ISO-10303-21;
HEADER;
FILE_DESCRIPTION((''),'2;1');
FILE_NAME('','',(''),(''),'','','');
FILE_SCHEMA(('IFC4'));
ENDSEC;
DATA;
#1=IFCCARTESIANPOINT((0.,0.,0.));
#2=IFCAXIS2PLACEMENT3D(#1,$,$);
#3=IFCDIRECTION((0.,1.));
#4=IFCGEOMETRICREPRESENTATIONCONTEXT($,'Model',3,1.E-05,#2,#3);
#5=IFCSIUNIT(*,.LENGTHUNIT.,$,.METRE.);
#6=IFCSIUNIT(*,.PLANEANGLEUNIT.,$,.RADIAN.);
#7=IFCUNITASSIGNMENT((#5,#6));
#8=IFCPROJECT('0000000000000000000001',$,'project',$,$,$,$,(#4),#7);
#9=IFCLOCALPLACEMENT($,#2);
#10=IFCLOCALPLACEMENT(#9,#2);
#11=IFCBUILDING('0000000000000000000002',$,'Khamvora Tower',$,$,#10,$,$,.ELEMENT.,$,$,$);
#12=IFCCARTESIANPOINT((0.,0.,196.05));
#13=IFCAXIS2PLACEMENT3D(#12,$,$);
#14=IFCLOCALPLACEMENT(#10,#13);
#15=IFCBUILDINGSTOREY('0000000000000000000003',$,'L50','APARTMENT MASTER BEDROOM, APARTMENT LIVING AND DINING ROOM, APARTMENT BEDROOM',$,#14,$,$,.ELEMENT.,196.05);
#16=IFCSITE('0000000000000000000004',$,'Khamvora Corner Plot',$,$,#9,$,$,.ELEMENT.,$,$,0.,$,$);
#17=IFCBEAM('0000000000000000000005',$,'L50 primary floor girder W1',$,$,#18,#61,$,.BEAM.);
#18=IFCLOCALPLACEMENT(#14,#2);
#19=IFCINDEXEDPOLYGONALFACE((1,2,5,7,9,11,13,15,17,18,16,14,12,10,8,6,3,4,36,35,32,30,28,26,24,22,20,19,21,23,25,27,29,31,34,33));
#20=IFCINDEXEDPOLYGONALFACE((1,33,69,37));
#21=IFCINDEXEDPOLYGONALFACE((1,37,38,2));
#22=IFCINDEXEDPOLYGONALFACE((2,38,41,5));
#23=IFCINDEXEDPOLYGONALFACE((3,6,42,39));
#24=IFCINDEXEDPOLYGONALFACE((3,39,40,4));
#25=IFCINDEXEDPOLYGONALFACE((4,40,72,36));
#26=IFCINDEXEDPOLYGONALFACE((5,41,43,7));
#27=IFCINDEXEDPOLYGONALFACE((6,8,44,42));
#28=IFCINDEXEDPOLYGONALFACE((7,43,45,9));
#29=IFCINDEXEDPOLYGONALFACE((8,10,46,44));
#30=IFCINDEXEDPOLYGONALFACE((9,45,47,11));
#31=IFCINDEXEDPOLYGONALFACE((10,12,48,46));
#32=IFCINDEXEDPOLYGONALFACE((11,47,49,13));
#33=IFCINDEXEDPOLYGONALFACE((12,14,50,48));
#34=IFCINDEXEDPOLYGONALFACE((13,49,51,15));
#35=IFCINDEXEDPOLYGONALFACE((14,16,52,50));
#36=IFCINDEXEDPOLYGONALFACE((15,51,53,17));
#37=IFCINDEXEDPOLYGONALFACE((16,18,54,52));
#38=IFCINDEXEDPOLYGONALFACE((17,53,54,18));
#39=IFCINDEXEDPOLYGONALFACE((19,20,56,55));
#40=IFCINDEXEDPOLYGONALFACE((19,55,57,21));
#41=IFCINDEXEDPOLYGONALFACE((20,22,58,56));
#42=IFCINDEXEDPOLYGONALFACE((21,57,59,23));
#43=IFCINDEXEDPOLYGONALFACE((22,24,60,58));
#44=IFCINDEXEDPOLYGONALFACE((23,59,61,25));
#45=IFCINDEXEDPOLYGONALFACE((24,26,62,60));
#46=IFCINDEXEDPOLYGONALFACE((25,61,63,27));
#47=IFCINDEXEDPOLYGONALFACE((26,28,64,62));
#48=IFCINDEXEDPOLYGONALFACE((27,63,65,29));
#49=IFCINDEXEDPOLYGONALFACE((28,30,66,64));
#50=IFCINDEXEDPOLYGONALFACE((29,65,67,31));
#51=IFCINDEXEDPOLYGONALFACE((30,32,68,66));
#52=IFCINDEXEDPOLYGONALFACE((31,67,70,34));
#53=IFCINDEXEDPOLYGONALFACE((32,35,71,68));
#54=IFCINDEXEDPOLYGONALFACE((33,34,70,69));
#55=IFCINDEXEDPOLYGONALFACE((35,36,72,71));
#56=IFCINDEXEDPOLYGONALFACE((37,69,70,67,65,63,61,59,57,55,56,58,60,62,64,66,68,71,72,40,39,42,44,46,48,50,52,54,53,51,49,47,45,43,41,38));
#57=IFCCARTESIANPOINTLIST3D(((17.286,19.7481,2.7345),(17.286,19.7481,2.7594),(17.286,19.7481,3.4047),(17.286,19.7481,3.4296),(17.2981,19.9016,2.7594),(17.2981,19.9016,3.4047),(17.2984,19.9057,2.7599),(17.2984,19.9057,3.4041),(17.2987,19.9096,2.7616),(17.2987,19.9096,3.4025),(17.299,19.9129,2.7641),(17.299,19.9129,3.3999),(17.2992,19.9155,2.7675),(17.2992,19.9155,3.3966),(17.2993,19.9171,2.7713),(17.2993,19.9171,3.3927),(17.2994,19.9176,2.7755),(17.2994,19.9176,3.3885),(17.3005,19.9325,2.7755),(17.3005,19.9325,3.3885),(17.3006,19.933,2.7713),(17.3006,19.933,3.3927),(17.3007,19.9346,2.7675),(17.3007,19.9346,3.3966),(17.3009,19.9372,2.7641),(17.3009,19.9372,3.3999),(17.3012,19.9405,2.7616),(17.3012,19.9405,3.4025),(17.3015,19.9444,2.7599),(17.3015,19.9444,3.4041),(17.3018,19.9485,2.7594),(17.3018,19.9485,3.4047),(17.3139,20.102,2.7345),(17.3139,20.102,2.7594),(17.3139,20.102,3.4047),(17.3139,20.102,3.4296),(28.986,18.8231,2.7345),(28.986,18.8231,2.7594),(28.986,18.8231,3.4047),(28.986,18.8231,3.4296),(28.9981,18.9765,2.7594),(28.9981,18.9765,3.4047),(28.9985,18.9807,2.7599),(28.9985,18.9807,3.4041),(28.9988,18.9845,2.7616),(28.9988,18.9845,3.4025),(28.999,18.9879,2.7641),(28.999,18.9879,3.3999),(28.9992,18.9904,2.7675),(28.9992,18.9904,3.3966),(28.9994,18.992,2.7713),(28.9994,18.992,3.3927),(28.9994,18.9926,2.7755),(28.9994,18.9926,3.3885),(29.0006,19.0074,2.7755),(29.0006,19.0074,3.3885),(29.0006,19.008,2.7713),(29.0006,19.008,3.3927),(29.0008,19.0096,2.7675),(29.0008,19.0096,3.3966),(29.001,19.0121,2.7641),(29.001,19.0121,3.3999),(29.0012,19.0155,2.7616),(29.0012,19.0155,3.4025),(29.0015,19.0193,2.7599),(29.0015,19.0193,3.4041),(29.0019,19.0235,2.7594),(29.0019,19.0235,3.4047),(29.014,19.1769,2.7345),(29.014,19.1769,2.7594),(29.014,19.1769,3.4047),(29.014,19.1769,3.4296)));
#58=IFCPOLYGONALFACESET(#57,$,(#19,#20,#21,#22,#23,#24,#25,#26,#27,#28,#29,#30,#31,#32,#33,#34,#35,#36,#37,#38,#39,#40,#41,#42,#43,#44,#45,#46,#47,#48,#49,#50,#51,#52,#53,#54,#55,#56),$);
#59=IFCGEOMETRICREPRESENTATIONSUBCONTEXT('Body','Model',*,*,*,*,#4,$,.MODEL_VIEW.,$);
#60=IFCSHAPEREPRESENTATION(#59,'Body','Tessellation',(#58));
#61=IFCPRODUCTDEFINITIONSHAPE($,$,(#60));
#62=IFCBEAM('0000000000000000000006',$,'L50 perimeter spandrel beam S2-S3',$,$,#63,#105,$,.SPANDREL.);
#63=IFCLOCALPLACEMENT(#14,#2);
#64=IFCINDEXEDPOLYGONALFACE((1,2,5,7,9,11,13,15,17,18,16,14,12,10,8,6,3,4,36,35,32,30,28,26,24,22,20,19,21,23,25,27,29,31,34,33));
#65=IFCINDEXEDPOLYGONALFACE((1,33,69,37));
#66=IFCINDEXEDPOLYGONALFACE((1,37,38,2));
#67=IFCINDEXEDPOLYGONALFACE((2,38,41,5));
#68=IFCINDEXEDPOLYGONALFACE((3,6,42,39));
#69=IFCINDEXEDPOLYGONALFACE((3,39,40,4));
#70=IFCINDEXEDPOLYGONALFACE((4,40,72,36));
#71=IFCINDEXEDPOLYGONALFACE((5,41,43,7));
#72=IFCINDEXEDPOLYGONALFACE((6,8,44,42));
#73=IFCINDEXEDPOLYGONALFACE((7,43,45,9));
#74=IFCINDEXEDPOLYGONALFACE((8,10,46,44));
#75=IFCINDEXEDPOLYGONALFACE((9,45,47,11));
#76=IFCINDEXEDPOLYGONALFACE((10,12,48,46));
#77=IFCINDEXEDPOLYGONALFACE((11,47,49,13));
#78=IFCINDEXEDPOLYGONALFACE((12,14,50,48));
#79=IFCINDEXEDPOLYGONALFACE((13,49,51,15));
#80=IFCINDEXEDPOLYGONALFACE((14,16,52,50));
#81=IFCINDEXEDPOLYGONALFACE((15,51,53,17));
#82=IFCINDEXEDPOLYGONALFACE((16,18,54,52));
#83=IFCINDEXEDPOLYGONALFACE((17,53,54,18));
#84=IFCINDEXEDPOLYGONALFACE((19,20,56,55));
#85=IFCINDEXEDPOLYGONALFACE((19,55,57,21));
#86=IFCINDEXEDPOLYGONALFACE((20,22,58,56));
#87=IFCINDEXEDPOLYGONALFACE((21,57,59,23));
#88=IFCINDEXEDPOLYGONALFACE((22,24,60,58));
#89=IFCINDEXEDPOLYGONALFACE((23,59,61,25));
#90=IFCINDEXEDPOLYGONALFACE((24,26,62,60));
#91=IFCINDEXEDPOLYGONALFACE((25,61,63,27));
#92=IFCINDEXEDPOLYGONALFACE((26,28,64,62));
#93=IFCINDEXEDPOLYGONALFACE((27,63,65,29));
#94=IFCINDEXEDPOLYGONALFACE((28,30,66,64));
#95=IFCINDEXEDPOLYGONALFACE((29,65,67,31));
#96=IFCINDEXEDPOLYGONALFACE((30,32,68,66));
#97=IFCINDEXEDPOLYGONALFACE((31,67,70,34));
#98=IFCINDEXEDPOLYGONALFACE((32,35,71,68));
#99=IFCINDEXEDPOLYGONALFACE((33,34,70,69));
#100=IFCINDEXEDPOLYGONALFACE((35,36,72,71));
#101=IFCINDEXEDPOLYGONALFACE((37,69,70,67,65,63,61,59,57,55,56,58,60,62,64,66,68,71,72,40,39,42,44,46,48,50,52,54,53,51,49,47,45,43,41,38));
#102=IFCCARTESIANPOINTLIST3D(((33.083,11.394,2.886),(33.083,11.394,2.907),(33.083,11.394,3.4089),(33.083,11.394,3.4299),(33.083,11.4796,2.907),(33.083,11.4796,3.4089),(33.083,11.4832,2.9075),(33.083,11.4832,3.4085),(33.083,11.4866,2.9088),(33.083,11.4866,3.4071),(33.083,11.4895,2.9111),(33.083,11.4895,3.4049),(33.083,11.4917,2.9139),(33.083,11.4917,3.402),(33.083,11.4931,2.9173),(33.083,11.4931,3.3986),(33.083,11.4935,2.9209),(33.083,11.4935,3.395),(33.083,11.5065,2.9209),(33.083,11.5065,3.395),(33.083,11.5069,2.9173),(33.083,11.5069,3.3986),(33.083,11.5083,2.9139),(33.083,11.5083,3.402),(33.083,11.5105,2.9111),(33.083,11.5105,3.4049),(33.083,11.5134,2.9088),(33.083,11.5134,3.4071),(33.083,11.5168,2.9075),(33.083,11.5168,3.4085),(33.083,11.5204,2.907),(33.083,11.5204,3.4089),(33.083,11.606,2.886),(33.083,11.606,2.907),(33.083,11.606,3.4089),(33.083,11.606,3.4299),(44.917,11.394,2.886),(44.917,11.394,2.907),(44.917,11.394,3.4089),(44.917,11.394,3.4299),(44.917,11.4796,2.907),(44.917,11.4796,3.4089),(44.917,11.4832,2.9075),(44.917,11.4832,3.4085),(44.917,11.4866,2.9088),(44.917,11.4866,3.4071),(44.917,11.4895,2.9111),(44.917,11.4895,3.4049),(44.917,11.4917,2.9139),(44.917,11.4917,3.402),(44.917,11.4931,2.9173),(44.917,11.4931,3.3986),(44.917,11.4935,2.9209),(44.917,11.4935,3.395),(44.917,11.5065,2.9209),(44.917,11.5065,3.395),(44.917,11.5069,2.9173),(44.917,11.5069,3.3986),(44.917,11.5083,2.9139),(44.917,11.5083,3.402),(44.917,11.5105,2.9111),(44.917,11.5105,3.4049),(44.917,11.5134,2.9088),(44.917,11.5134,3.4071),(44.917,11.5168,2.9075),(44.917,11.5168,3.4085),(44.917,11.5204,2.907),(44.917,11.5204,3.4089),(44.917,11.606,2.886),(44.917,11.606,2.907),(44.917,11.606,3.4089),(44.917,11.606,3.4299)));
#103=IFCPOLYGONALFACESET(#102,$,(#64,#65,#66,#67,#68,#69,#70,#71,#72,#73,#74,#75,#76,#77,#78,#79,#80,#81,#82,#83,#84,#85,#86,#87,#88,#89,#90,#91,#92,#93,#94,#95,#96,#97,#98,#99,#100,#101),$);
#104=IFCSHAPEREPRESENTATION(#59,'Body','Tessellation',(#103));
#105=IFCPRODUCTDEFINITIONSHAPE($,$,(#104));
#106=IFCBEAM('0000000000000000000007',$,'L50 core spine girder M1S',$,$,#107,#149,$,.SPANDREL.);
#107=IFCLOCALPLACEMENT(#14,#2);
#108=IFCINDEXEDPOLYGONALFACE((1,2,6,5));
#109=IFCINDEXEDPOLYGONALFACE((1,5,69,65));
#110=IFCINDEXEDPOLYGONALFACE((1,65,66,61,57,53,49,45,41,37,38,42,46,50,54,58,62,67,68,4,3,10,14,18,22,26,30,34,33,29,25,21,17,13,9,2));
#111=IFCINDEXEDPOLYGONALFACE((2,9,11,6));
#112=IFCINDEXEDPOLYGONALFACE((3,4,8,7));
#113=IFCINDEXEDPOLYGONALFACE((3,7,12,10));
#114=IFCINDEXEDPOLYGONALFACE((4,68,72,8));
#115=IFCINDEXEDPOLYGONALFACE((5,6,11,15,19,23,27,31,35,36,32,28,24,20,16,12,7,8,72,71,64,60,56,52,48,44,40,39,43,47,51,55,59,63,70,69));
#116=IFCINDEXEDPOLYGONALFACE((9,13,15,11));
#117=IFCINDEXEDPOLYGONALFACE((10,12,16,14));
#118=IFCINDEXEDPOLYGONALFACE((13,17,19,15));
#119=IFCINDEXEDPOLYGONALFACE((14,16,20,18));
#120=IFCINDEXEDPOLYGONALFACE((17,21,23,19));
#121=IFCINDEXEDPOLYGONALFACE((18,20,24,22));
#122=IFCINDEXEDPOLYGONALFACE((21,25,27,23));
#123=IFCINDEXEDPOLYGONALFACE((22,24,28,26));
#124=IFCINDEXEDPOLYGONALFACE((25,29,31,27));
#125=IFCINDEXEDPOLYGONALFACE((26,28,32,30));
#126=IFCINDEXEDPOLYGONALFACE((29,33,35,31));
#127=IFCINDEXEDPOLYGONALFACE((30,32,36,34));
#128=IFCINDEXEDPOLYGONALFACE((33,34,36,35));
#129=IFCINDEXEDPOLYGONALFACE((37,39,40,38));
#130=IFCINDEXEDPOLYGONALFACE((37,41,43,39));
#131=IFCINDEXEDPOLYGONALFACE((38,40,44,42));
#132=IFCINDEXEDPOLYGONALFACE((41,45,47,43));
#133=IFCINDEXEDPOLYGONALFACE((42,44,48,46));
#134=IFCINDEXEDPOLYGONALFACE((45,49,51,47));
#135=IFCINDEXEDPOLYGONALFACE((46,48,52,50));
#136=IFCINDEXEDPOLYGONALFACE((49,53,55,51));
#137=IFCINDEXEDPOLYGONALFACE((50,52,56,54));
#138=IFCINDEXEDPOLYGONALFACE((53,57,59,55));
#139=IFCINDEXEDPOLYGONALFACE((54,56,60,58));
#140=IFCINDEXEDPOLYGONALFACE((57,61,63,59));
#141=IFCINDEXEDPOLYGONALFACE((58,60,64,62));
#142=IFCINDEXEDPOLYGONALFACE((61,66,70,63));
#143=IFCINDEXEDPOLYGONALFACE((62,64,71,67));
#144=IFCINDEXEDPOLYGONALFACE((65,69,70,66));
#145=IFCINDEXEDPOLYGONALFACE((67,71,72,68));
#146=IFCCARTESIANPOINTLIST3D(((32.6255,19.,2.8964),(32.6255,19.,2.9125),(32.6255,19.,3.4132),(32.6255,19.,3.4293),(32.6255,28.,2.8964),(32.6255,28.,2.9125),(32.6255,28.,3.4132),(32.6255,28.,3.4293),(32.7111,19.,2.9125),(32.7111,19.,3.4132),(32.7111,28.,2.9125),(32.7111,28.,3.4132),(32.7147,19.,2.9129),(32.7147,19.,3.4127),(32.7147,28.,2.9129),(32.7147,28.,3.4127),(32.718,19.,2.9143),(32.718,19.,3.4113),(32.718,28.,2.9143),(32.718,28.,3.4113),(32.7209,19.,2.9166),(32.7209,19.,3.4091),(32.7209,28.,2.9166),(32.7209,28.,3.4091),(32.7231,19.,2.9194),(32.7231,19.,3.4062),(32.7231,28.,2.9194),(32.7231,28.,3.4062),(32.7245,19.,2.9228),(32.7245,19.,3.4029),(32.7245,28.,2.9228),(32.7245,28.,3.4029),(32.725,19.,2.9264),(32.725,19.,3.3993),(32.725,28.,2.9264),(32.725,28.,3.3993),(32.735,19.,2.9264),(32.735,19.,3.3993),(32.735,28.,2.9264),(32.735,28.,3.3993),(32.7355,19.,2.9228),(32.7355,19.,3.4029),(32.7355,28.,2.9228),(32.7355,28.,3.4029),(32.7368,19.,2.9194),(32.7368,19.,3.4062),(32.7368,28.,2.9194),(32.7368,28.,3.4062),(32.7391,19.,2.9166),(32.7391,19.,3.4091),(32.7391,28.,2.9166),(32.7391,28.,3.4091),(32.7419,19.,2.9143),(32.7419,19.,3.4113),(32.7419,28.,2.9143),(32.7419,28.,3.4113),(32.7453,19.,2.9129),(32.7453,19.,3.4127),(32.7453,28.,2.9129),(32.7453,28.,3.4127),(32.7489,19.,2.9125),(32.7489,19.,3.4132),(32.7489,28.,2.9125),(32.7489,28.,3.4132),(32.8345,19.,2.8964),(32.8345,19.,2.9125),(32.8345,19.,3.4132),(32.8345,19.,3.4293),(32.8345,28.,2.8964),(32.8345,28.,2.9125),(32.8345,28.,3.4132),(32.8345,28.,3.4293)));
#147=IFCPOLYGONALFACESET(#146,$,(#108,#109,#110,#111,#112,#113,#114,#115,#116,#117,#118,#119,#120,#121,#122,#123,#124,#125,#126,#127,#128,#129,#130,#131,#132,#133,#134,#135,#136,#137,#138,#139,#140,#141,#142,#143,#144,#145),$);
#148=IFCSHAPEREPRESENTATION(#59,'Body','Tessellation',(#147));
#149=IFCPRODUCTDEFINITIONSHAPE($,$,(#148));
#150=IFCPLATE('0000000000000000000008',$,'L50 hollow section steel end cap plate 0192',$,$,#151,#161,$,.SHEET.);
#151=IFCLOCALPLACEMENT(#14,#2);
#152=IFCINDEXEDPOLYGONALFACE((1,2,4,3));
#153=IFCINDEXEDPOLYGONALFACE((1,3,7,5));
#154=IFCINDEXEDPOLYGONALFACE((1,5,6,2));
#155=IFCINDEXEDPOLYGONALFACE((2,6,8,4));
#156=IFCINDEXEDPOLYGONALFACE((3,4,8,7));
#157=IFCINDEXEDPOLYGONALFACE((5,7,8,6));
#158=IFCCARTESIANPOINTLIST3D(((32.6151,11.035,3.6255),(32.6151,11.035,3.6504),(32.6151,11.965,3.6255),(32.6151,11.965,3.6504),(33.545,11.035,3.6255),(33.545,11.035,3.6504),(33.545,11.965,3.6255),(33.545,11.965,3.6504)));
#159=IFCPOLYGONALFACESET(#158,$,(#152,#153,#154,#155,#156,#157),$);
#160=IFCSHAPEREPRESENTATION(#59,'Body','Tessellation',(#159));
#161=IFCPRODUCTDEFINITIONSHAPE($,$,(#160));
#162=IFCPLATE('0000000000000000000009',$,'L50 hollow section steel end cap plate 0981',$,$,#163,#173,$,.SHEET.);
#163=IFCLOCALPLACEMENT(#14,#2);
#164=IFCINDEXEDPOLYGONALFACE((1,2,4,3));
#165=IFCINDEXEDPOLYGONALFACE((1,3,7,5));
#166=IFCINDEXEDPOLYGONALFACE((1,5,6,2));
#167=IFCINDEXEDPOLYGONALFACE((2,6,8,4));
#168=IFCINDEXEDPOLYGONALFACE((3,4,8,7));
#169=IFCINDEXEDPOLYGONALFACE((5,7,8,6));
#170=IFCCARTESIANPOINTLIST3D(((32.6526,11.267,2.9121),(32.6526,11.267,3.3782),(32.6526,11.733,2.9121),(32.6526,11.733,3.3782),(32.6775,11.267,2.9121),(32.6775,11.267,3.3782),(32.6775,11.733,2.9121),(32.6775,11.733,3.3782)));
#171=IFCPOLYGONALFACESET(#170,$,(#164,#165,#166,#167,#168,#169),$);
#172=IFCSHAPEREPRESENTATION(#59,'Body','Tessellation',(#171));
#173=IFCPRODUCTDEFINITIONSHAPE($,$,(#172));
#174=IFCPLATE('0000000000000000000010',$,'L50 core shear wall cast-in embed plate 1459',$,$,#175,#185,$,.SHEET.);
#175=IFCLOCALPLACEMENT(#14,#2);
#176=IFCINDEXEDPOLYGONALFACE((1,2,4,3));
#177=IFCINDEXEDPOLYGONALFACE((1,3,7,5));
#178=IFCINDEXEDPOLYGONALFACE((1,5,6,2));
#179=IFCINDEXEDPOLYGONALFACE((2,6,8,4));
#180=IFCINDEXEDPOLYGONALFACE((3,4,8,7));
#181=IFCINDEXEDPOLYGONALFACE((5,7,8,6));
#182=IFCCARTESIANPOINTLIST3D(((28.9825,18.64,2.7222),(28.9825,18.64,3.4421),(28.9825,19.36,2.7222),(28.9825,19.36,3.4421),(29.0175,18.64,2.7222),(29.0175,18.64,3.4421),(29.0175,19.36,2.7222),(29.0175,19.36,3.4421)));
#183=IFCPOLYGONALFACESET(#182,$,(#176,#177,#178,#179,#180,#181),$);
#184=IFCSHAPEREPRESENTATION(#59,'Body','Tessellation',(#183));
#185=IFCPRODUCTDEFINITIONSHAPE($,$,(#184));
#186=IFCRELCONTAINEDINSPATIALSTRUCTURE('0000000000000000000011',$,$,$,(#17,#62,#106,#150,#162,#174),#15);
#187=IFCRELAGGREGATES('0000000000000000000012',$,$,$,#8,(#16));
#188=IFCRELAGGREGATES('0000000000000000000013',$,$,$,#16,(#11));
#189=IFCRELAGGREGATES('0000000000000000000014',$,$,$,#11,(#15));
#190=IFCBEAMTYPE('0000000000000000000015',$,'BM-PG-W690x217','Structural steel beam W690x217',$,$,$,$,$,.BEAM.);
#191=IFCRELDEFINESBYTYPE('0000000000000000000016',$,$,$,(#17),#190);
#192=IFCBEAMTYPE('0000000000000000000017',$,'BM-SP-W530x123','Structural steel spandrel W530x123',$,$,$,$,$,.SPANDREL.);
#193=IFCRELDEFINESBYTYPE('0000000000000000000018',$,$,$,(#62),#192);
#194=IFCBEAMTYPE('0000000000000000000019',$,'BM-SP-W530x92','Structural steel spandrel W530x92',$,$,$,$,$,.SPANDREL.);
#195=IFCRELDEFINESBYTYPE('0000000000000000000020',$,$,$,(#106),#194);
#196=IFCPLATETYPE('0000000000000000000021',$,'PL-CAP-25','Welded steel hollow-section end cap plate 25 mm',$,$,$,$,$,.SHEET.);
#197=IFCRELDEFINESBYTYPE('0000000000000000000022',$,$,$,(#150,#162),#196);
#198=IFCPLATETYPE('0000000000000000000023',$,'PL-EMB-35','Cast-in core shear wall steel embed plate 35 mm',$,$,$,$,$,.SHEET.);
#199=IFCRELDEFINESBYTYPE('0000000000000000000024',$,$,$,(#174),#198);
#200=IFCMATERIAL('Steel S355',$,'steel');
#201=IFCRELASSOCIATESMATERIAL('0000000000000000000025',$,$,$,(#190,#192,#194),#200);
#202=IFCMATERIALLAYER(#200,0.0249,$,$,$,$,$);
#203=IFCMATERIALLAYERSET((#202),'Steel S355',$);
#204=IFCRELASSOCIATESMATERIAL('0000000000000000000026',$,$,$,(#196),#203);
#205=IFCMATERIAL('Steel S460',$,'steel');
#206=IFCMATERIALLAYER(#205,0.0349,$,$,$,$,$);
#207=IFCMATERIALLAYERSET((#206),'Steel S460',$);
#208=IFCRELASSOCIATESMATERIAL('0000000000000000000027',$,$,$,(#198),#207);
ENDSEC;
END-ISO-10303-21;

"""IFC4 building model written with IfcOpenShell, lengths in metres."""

from ifc_helpers import new_model, si_unit, direction, frame, origin, origin_2d, place, context, subcontext, project, spatial, rectangle, i_section, extrude, material, layer, layer_set, material_profile, profile_set, type_object, element, save


model = new_model("IFC4")

# Units and contexts
model_context = context("Model", 3, precision=1e-05, world=origin(), true_north=direction((0.0, 1.0)))
body_context = subcontext(model_context, "Body", "Model", "MODEL_VIEW")
ifc_project = project(units=[si_unit("LENGTHUNIT", "METRE"), si_unit("PLANEANGLEUNIT", "RADIAN")], contexts=[model_context])

# Site, building, storey
site_placement = place(None, origin())
site = spatial("IfcSite", under=ifc_project, at=site_placement, Name="Khamvora Corner Plot", CompositionType="ELEMENT", RefElevation=0.0)
building_placement = place(site_placement, origin())
building = spatial("IfcBuilding", under=site, at=building_placement, Name="Khamvora Tower", CompositionType="ELEMENT")
storey_placement = place(building_placement, frame((0.0, 0.0, 196.05)))
storey = spatial("IfcBuildingStorey", under=building, at=storey_placement, Name="L50", Description="APARTMENT MASTER BEDROOM, APARTMENT LIVING AND DINING ROOM, APARTMENT BEDROOM", CompositionType="ELEMENT", Elevation=196.05)

# Shared definitions
ifc_material_1 = material(Name="Steel S460", Category="steel")
ifc_material_2 = material(Name="Steel S355", Category="steel")

# Beams
ifc_material_profile_1 = material_profile(ifc_material_2, i_section(OverallWidth=0.355, OverallDepth=0.6951, WebThickness=0.0149, FlangeThickness=0.0249, FilletRadius=0.0161, at=origin_2d()), Name="W690x217")
ifc_profile_set_1 = profile_set([ifc_material_profile_1], Name="Steel S355")
beam_type_1 = type_object("IfcBeamType", Name="BM-PG-W690x217", Description="Structural steel beam W690x217", PredefinedType="BEAM", material=ifc_profile_set_1)
beam_1_placement = place(storey_placement, frame((29.0, 19.0, 3.082), z_axis=(-0.996889, 0.078818, 0.0), x_axis=(-0.078818, -0.996889, 0.0)))
element("IfcBeam", 1, at=beam_1_placement, inside=storey, type_object=beam_type_1, Name="L50 primary floor girder W1", PredefinedType="BEAM", context=body_context, shape_type="SweptSolid", body=[
    extrude(i_section(OverallWidth=0.355, OverallDepth=0.6951, WebThickness=0.0149, FlangeThickness=0.0249, FilletRadius=0.0161, at=origin_2d()), origin(), (0.0, 0.0, 1.0), 11.7366),
])
ifc_material_profile_2 = material_profile(ifc_material_2, i_section(OverallWidth=0.2119, OverallDepth=0.5439, WebThickness=0.0129, FlangeThickness=0.021, FilletRadius=0.0139, at=origin_2d()), Name="W530x123")
ifc_profile_set_2 = profile_set([ifc_material_profile_2], Name="Steel S355")
beam_type_2 = type_object("IfcBeamType", Name="BM-SP-W530x123", Description="Structural steel spandrel W530x123", PredefinedType="SPANDREL", material=ifc_profile_set_2)
beam_2_placement = place(storey_placement, frame((33.083, 11.5, 3.158), z_axis=(1.0, 0.0, 0.0), x_axis=(0.0, 1.0, 0.0)))
element("IfcBeam", 2, at=beam_2_placement, inside=storey, type_object=beam_type_2, Name="L50 perimeter spandrel beam S2-S3", PredefinedType="SPANDREL", context=body_context, shape_type="SweptSolid", body=[
    extrude(i_section(OverallWidth=0.2119, OverallDepth=0.5439, WebThickness=0.0129, FlangeThickness=0.021, FilletRadius=0.0139, at=origin_2d()), origin(), (0.0, 0.0, 1.0), 11.834),
])
ifc_material_profile_3 = material_profile(ifc_material_2, i_section(OverallWidth=0.209, OverallDepth=0.533, WebThickness=0.01, FlangeThickness=0.0161, FilletRadius=0.0139, at=origin_2d()), Name="W530x92")
ifc_profile_set_3 = profile_set([ifc_material_profile_3], Name="Steel S355")
beam_type_3 = type_object("IfcBeamType", Name="BM-SP-W530x92", Description="Structural steel spandrel W530x92", PredefinedType="SPANDREL", material=ifc_profile_set_3)
beam_3_placement = place(storey_placement, frame((32.73, 19.0, 3.1628), z_axis=(0.0, 1.0, 0.0), x_axis=(-1.0, 0.0, 0.0)))
element("IfcBeam", 3, at=beam_3_placement, inside=storey, type_object=beam_type_3, Name="L50 core spine girder M1S", PredefinedType="SPANDREL", context=body_context, shape_type="SweptSolid", body=[
    extrude(i_section(OverallWidth=0.209, OverallDepth=0.533, WebThickness=0.01, FlangeThickness=0.0161, FilletRadius=0.0139, at=origin_2d()), origin(), (0.0, 0.0, 1.0), 9.0),
])

# Plates
ifc_layer_1 = layer(ifc_material_2, 0.0249)
ifc_layer_set_1 = layer_set([ifc_layer_1], Name="Steel S355")
plate_type_1 = type_object("IfcPlateType", Name="PL-CAP-25", Description="Welded steel hollow-section end cap plate 25 mm", PredefinedType="SHEET", material=ifc_layer_set_1)
plate_1_placement = place(storey_placement, frame((33.0801, 11.5, 3.6255), z_axis=(0.0, 0.0, 1.0), x_axis=(1.0, 0.0, 0.0)))
element("IfcPlate", 4, at=plate_1_placement, inside=storey, type_object=plate_type_1, Name="L50 hollow section steel end cap plate 0192", PredefinedType="SHEET", context=body_context, shape_type="SweptSolid", body=[
    extrude(rectangle(XDim=0.9299, YDim=0.9299, at=origin_2d()), origin(), (0.0, 0.0, 1.0), 0.0249),
])
plate_2_placement = place(storey_placement, frame((32.665, 11.5, 2.9121), z_axis=(0.0, 0.0, 1.0), x_axis=(1.0, 0.0, 0.0)))
element("IfcPlate", 5, at=plate_2_placement, inside=storey, type_object=plate_type_1, Name="L50 hollow section steel end cap plate 0981", PredefinedType="SHEET", context=body_context, shape_type="SweptSolid", body=[
    extrude(rectangle(XDim=0.0249, YDim=0.4661, at=origin_2d()), origin(), (0.0, 0.0, 1.0), 0.4661),
])
ifc_layer_2 = layer(ifc_material_1, 0.0349)
ifc_layer_set_2 = layer_set([ifc_layer_2], Name="Steel S460")
plate_type_2 = type_object("IfcPlateType", Name="PL-EMB-35", Description="Cast-in core shear wall steel embed plate 35 mm", PredefinedType="SHEET", material=ifc_layer_set_2)
plate_3_placement = place(storey_placement, frame((29.0, 19.0, 2.7222), z_axis=(0.0, 0.0, 1.0), x_axis=(1.0, 0.0, 0.0)))
element("IfcPlate", 6, at=plate_3_placement, inside=storey, type_object=plate_type_2, Name="L50 core shear wall cast-in embed plate 1459", PredefinedType="SHEET", context=body_context, shape_type="SweptSolid", body=[
    extrude(rectangle(XDim=0.0349, YDim=0.72, at=origin_2d()), origin(), (0.0, 0.0, 1.0), 0.72),
])

save(model, "model.ifc")
